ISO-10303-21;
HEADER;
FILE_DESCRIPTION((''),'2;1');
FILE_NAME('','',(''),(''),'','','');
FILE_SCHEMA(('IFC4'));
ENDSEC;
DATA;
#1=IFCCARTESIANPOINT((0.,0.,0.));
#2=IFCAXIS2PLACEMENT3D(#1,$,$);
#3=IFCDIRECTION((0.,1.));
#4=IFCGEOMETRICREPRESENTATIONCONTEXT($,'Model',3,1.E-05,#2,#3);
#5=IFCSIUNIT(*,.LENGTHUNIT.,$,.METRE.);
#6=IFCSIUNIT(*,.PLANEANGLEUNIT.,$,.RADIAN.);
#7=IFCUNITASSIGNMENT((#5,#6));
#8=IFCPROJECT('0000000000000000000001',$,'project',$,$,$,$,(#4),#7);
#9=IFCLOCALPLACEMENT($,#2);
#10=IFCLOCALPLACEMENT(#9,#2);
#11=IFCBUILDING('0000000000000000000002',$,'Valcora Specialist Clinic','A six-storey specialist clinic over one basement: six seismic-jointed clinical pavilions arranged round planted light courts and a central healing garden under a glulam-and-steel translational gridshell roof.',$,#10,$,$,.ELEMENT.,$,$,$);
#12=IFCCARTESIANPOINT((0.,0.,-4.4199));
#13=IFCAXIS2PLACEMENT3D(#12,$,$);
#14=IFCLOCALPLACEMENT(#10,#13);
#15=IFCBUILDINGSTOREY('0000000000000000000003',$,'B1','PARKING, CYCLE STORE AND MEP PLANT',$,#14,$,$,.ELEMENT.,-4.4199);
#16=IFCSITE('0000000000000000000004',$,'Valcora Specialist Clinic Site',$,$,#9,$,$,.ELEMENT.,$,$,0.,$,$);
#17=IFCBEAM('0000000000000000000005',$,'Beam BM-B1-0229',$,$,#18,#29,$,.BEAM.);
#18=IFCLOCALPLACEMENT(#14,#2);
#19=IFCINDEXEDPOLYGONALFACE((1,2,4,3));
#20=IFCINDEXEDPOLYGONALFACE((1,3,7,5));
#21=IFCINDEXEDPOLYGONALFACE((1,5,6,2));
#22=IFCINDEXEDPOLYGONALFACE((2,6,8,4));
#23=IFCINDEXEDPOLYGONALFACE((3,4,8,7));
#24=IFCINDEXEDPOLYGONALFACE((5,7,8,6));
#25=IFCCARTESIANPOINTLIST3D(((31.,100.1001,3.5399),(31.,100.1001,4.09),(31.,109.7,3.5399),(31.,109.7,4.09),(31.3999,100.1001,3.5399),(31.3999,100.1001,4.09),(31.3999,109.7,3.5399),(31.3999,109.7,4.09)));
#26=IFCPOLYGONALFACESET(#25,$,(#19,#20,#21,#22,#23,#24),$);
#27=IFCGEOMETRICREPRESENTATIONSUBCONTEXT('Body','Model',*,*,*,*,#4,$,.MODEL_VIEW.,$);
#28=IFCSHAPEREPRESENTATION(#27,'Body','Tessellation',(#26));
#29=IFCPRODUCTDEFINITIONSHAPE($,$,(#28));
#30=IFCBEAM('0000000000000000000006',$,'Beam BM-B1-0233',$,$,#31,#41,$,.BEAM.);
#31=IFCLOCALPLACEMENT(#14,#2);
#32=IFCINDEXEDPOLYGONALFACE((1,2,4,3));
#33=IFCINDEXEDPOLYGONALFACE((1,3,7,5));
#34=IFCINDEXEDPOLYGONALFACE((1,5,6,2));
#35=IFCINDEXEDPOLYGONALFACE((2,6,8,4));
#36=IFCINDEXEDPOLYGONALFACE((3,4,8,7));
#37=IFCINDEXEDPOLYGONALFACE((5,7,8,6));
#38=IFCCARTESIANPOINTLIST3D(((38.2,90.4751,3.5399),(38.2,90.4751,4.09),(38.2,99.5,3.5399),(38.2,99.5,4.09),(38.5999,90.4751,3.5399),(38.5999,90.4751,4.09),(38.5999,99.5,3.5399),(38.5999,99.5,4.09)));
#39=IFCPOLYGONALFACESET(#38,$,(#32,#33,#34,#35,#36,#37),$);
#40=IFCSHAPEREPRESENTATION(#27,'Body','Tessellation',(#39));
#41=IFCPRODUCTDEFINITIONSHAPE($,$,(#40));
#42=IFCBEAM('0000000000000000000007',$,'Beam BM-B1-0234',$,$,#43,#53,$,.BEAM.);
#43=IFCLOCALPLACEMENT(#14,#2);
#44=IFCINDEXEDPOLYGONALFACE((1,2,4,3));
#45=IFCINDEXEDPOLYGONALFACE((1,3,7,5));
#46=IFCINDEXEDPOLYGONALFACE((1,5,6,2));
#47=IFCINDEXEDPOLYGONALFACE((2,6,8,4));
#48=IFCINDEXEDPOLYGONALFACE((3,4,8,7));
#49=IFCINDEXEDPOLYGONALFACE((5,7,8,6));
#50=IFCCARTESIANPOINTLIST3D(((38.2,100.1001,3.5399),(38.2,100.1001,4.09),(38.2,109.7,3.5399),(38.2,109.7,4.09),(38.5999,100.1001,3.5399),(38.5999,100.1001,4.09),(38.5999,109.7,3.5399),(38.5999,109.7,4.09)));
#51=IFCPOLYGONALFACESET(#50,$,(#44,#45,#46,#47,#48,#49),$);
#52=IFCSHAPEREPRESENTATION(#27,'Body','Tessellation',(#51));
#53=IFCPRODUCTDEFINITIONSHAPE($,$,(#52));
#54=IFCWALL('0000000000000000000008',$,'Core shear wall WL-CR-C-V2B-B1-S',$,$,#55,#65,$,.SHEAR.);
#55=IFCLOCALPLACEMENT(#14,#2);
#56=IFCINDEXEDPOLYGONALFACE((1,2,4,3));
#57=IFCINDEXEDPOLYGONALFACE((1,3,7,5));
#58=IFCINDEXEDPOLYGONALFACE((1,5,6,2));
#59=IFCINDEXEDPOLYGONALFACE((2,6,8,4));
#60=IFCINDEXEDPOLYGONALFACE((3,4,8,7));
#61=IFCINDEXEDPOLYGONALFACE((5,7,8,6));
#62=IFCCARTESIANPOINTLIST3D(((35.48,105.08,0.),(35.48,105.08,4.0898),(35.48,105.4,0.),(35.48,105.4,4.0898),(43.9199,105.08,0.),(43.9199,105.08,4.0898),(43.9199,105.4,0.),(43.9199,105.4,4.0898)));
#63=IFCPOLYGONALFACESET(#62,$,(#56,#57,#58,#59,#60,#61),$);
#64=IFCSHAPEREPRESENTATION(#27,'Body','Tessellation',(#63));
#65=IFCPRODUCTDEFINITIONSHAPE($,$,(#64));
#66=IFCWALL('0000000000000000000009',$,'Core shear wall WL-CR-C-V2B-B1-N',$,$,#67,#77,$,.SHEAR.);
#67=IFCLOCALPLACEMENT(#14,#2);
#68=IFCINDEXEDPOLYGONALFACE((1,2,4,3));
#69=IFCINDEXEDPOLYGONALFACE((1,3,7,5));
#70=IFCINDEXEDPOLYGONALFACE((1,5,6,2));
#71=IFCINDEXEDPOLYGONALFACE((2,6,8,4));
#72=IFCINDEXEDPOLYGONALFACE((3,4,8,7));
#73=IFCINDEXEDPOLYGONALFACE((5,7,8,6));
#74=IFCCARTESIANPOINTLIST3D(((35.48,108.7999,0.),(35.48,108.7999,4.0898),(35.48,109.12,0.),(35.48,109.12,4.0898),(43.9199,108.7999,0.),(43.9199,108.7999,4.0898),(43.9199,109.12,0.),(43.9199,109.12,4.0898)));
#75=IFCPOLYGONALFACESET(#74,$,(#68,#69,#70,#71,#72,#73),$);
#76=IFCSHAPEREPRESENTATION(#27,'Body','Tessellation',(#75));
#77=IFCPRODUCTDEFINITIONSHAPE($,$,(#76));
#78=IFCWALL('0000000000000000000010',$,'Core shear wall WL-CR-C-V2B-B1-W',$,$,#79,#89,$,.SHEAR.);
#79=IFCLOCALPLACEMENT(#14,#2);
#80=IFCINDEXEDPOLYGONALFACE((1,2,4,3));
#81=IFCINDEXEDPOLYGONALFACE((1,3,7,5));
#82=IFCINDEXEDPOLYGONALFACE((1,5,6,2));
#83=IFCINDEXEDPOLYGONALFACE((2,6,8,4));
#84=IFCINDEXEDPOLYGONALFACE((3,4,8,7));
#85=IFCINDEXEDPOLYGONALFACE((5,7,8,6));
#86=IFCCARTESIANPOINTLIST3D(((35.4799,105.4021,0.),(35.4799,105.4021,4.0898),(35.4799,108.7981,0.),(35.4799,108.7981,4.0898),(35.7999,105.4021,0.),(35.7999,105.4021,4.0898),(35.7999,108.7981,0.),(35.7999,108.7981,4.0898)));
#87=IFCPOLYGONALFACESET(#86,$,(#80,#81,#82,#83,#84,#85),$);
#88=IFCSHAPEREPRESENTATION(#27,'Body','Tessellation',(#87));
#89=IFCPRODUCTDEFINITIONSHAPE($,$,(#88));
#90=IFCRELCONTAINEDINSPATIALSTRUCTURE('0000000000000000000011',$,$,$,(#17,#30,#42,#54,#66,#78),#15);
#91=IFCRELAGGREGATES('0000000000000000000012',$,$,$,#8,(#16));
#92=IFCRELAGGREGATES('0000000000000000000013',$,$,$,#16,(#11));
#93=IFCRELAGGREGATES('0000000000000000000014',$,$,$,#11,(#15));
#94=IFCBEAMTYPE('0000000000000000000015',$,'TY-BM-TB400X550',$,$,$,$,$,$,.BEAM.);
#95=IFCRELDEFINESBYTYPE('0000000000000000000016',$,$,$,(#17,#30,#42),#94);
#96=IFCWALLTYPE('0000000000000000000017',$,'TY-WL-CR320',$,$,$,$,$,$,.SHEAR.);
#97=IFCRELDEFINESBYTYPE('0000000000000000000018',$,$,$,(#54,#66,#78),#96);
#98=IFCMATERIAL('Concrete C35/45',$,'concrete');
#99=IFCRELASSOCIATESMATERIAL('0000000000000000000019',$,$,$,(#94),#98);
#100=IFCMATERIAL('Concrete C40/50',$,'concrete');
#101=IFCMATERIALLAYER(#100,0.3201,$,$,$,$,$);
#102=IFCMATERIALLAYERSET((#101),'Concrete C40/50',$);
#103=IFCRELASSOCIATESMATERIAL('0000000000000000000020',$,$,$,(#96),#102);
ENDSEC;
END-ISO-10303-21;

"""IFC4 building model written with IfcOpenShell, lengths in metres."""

from ifc_helpers import new_model, si_unit, direction, frame, frame_2d, origin, origin_2d, place, context, subcontext, project, spatial, rectangle, extrude, material, layer, layer_set, material_profile, profile_set, type_object, element, save


model = new_model("IFC4")

# Units and contexts
model_context = context("Model", 3, precision=1e-05, world=origin(), true_north=direction((0.0, 1.0)))
body_context = subcontext(model_context, "Body", "Model", "MODEL_VIEW")
ifc_project = project(units=[si_unit("LENGTHUNIT", "METRE"), si_unit("PLANEANGLEUNIT", "RADIAN")], contexts=[model_context])

# Site, building, storey
site_placement = place(None, origin())
site = spatial("IfcSite", under=ifc_project, at=site_placement, Name="Valcora Specialist Clinic Site", CompositionType="ELEMENT", RefElevation=0.0)
building_placement = place(site_placement, origin())
building = spatial("IfcBuilding", under=site, at=building_placement, Name="Valcora Specialist Clinic", Description="A six-storey specialist clinic over one basement: six seismic-jointed clinical pavilions arranged round planted light courts and a central healing garden under a glulam-and-steel translational gridshell roof.", CompositionType="ELEMENT")
storey_placement = place(building_placement, frame((0.0, 0.0, -4.4199)))
storey = spatial("IfcBuildingStorey", under=building, at=storey_placement, Name="B1", Description="PARKING, CYCLE STORE AND MEP PLANT", CompositionType="ELEMENT", Elevation=-4.4199)

# Shared definitions
ifc_material_1 = material(Name="Concrete C35/45", Category="concrete")

# Shared definitions
ifc_material_2 = material(Name="Concrete C40/50", Category="concrete")

# Beams
ifc_material_profile_1 = material_profile(ifc_material_1, rectangle(XDim=0.3999, YDim=0.55, at=origin_2d()), Name="RC-TB-400X550")
ifc_profile_set_1 = profile_set([ifc_material_profile_1], Name="Concrete C35/45")
beam_type = type_object("IfcBeamType", Name="TY-BM-TB400X550", PredefinedType="BEAM", material=ifc_profile_set_1)
beam_1_placement = place(storey_placement, frame((31.2, 100.1001, 3.8149), z_axis=(0.0, 1.0, 0.0), x_axis=(-1.0, 0.0, 0.0)))
element("IfcBeam", 1, at=beam_1_placement, inside=storey, type_object=beam_type, Name="Beam BM-B1-0229", PredefinedType="BEAM", context=body_context, shape_type="SweptSolid", body=[
    extrude(rectangle(XDim=0.3999, YDim=0.55, at=origin_2d()), origin(), (0.0, 0.0, 1.0), 9.5999),
])
beam_2_placement = place(storey_placement, frame((38.3999, 90.4751, 3.8149), z_axis=(0.0, 1.0, 0.0), x_axis=(-1.0, 0.0, 0.0)))
element("IfcBeam", 2, at=beam_2_placement, inside=storey, type_object=beam_type, Name="Beam BM-B1-0233", PredefinedType="BEAM", context=body_context, shape_type="SweptSolid", body=[
    extrude(rectangle(XDim=0.3999, YDim=0.55, at=origin_2d()), origin(), (0.0, 0.0, 1.0), 9.0249),
])
beam_3_placement = place(storey_placement, frame((38.3999, 100.1001, 3.8149), z_axis=(0.0, 1.0, 0.0), x_axis=(-1.0, 0.0, 0.0)))
element("IfcBeam", 3, at=beam_3_placement, inside=storey, type_object=beam_type, Name="Beam BM-B1-0234", PredefinedType="BEAM", context=body_context, shape_type="SweptSolid", body=[
    extrude(rectangle(XDim=0.3999, YDim=0.55, at=origin_2d()), origin(), (0.0, 0.0, 1.0), 9.5999),
])

# Walls
ifc_layer = layer(ifc_material_2, 0.3201)
ifc_layer_set = layer_set([ifc_layer], Name="Concrete C40/50")
wall_type = type_object("IfcWallType", Name="TY-WL-CR320", PredefinedType="SHEAR", material=ifc_layer_set)
for number, where, z_axis, x_axis, name in (
    (4, (35.48, 105.24, 0.0), (0.0, 0.0, 1.0), (1.0, 0.0, 0.0), "Core shear wall WL-CR-C-V2B-B1-S"),
    (5, (35.48, 108.96, 0.0), (0.0, 0.0, 1.0), (1.0, 0.0, 0.0), "Core shear wall WL-CR-C-V2B-B1-N"),
):
    element("IfcWall", number, at=place(storey_placement, frame(where, z_axis=z_axis, x_axis=x_axis)), inside=storey, type_object=wall_type, Name=name, PredefinedType="SHEAR", context=body_context, shape_type="SweptSolid", body=[
        extrude(rectangle(XDim=8.4399, YDim=0.3201, at=frame_2d((4.22, 0.0))), origin(), (0.0, 0.0, 1.0), 4.0898),
    ])
wall_placement = place(storey_placement, frame((35.6399, 105.4021, 0.0), z_axis=(0.0, 0.0, 1.0), x_axis=(0.0, 1.0, 0.0)))
element("IfcWall", 6, at=wall_placement, inside=storey, type_object=wall_type, Name="Core shear wall WL-CR-C-V2B-B1-W", PredefinedType="SHEAR", context=body_context, shape_type="SweptSolid", body=[
    extrude(rectangle(XDim=3.396, YDim=0.3201, at=frame_2d((1.698, 0.0))), origin(), (0.0, 0.0, 1.0), 4.0898),
])

save(model, "model.ifc")
